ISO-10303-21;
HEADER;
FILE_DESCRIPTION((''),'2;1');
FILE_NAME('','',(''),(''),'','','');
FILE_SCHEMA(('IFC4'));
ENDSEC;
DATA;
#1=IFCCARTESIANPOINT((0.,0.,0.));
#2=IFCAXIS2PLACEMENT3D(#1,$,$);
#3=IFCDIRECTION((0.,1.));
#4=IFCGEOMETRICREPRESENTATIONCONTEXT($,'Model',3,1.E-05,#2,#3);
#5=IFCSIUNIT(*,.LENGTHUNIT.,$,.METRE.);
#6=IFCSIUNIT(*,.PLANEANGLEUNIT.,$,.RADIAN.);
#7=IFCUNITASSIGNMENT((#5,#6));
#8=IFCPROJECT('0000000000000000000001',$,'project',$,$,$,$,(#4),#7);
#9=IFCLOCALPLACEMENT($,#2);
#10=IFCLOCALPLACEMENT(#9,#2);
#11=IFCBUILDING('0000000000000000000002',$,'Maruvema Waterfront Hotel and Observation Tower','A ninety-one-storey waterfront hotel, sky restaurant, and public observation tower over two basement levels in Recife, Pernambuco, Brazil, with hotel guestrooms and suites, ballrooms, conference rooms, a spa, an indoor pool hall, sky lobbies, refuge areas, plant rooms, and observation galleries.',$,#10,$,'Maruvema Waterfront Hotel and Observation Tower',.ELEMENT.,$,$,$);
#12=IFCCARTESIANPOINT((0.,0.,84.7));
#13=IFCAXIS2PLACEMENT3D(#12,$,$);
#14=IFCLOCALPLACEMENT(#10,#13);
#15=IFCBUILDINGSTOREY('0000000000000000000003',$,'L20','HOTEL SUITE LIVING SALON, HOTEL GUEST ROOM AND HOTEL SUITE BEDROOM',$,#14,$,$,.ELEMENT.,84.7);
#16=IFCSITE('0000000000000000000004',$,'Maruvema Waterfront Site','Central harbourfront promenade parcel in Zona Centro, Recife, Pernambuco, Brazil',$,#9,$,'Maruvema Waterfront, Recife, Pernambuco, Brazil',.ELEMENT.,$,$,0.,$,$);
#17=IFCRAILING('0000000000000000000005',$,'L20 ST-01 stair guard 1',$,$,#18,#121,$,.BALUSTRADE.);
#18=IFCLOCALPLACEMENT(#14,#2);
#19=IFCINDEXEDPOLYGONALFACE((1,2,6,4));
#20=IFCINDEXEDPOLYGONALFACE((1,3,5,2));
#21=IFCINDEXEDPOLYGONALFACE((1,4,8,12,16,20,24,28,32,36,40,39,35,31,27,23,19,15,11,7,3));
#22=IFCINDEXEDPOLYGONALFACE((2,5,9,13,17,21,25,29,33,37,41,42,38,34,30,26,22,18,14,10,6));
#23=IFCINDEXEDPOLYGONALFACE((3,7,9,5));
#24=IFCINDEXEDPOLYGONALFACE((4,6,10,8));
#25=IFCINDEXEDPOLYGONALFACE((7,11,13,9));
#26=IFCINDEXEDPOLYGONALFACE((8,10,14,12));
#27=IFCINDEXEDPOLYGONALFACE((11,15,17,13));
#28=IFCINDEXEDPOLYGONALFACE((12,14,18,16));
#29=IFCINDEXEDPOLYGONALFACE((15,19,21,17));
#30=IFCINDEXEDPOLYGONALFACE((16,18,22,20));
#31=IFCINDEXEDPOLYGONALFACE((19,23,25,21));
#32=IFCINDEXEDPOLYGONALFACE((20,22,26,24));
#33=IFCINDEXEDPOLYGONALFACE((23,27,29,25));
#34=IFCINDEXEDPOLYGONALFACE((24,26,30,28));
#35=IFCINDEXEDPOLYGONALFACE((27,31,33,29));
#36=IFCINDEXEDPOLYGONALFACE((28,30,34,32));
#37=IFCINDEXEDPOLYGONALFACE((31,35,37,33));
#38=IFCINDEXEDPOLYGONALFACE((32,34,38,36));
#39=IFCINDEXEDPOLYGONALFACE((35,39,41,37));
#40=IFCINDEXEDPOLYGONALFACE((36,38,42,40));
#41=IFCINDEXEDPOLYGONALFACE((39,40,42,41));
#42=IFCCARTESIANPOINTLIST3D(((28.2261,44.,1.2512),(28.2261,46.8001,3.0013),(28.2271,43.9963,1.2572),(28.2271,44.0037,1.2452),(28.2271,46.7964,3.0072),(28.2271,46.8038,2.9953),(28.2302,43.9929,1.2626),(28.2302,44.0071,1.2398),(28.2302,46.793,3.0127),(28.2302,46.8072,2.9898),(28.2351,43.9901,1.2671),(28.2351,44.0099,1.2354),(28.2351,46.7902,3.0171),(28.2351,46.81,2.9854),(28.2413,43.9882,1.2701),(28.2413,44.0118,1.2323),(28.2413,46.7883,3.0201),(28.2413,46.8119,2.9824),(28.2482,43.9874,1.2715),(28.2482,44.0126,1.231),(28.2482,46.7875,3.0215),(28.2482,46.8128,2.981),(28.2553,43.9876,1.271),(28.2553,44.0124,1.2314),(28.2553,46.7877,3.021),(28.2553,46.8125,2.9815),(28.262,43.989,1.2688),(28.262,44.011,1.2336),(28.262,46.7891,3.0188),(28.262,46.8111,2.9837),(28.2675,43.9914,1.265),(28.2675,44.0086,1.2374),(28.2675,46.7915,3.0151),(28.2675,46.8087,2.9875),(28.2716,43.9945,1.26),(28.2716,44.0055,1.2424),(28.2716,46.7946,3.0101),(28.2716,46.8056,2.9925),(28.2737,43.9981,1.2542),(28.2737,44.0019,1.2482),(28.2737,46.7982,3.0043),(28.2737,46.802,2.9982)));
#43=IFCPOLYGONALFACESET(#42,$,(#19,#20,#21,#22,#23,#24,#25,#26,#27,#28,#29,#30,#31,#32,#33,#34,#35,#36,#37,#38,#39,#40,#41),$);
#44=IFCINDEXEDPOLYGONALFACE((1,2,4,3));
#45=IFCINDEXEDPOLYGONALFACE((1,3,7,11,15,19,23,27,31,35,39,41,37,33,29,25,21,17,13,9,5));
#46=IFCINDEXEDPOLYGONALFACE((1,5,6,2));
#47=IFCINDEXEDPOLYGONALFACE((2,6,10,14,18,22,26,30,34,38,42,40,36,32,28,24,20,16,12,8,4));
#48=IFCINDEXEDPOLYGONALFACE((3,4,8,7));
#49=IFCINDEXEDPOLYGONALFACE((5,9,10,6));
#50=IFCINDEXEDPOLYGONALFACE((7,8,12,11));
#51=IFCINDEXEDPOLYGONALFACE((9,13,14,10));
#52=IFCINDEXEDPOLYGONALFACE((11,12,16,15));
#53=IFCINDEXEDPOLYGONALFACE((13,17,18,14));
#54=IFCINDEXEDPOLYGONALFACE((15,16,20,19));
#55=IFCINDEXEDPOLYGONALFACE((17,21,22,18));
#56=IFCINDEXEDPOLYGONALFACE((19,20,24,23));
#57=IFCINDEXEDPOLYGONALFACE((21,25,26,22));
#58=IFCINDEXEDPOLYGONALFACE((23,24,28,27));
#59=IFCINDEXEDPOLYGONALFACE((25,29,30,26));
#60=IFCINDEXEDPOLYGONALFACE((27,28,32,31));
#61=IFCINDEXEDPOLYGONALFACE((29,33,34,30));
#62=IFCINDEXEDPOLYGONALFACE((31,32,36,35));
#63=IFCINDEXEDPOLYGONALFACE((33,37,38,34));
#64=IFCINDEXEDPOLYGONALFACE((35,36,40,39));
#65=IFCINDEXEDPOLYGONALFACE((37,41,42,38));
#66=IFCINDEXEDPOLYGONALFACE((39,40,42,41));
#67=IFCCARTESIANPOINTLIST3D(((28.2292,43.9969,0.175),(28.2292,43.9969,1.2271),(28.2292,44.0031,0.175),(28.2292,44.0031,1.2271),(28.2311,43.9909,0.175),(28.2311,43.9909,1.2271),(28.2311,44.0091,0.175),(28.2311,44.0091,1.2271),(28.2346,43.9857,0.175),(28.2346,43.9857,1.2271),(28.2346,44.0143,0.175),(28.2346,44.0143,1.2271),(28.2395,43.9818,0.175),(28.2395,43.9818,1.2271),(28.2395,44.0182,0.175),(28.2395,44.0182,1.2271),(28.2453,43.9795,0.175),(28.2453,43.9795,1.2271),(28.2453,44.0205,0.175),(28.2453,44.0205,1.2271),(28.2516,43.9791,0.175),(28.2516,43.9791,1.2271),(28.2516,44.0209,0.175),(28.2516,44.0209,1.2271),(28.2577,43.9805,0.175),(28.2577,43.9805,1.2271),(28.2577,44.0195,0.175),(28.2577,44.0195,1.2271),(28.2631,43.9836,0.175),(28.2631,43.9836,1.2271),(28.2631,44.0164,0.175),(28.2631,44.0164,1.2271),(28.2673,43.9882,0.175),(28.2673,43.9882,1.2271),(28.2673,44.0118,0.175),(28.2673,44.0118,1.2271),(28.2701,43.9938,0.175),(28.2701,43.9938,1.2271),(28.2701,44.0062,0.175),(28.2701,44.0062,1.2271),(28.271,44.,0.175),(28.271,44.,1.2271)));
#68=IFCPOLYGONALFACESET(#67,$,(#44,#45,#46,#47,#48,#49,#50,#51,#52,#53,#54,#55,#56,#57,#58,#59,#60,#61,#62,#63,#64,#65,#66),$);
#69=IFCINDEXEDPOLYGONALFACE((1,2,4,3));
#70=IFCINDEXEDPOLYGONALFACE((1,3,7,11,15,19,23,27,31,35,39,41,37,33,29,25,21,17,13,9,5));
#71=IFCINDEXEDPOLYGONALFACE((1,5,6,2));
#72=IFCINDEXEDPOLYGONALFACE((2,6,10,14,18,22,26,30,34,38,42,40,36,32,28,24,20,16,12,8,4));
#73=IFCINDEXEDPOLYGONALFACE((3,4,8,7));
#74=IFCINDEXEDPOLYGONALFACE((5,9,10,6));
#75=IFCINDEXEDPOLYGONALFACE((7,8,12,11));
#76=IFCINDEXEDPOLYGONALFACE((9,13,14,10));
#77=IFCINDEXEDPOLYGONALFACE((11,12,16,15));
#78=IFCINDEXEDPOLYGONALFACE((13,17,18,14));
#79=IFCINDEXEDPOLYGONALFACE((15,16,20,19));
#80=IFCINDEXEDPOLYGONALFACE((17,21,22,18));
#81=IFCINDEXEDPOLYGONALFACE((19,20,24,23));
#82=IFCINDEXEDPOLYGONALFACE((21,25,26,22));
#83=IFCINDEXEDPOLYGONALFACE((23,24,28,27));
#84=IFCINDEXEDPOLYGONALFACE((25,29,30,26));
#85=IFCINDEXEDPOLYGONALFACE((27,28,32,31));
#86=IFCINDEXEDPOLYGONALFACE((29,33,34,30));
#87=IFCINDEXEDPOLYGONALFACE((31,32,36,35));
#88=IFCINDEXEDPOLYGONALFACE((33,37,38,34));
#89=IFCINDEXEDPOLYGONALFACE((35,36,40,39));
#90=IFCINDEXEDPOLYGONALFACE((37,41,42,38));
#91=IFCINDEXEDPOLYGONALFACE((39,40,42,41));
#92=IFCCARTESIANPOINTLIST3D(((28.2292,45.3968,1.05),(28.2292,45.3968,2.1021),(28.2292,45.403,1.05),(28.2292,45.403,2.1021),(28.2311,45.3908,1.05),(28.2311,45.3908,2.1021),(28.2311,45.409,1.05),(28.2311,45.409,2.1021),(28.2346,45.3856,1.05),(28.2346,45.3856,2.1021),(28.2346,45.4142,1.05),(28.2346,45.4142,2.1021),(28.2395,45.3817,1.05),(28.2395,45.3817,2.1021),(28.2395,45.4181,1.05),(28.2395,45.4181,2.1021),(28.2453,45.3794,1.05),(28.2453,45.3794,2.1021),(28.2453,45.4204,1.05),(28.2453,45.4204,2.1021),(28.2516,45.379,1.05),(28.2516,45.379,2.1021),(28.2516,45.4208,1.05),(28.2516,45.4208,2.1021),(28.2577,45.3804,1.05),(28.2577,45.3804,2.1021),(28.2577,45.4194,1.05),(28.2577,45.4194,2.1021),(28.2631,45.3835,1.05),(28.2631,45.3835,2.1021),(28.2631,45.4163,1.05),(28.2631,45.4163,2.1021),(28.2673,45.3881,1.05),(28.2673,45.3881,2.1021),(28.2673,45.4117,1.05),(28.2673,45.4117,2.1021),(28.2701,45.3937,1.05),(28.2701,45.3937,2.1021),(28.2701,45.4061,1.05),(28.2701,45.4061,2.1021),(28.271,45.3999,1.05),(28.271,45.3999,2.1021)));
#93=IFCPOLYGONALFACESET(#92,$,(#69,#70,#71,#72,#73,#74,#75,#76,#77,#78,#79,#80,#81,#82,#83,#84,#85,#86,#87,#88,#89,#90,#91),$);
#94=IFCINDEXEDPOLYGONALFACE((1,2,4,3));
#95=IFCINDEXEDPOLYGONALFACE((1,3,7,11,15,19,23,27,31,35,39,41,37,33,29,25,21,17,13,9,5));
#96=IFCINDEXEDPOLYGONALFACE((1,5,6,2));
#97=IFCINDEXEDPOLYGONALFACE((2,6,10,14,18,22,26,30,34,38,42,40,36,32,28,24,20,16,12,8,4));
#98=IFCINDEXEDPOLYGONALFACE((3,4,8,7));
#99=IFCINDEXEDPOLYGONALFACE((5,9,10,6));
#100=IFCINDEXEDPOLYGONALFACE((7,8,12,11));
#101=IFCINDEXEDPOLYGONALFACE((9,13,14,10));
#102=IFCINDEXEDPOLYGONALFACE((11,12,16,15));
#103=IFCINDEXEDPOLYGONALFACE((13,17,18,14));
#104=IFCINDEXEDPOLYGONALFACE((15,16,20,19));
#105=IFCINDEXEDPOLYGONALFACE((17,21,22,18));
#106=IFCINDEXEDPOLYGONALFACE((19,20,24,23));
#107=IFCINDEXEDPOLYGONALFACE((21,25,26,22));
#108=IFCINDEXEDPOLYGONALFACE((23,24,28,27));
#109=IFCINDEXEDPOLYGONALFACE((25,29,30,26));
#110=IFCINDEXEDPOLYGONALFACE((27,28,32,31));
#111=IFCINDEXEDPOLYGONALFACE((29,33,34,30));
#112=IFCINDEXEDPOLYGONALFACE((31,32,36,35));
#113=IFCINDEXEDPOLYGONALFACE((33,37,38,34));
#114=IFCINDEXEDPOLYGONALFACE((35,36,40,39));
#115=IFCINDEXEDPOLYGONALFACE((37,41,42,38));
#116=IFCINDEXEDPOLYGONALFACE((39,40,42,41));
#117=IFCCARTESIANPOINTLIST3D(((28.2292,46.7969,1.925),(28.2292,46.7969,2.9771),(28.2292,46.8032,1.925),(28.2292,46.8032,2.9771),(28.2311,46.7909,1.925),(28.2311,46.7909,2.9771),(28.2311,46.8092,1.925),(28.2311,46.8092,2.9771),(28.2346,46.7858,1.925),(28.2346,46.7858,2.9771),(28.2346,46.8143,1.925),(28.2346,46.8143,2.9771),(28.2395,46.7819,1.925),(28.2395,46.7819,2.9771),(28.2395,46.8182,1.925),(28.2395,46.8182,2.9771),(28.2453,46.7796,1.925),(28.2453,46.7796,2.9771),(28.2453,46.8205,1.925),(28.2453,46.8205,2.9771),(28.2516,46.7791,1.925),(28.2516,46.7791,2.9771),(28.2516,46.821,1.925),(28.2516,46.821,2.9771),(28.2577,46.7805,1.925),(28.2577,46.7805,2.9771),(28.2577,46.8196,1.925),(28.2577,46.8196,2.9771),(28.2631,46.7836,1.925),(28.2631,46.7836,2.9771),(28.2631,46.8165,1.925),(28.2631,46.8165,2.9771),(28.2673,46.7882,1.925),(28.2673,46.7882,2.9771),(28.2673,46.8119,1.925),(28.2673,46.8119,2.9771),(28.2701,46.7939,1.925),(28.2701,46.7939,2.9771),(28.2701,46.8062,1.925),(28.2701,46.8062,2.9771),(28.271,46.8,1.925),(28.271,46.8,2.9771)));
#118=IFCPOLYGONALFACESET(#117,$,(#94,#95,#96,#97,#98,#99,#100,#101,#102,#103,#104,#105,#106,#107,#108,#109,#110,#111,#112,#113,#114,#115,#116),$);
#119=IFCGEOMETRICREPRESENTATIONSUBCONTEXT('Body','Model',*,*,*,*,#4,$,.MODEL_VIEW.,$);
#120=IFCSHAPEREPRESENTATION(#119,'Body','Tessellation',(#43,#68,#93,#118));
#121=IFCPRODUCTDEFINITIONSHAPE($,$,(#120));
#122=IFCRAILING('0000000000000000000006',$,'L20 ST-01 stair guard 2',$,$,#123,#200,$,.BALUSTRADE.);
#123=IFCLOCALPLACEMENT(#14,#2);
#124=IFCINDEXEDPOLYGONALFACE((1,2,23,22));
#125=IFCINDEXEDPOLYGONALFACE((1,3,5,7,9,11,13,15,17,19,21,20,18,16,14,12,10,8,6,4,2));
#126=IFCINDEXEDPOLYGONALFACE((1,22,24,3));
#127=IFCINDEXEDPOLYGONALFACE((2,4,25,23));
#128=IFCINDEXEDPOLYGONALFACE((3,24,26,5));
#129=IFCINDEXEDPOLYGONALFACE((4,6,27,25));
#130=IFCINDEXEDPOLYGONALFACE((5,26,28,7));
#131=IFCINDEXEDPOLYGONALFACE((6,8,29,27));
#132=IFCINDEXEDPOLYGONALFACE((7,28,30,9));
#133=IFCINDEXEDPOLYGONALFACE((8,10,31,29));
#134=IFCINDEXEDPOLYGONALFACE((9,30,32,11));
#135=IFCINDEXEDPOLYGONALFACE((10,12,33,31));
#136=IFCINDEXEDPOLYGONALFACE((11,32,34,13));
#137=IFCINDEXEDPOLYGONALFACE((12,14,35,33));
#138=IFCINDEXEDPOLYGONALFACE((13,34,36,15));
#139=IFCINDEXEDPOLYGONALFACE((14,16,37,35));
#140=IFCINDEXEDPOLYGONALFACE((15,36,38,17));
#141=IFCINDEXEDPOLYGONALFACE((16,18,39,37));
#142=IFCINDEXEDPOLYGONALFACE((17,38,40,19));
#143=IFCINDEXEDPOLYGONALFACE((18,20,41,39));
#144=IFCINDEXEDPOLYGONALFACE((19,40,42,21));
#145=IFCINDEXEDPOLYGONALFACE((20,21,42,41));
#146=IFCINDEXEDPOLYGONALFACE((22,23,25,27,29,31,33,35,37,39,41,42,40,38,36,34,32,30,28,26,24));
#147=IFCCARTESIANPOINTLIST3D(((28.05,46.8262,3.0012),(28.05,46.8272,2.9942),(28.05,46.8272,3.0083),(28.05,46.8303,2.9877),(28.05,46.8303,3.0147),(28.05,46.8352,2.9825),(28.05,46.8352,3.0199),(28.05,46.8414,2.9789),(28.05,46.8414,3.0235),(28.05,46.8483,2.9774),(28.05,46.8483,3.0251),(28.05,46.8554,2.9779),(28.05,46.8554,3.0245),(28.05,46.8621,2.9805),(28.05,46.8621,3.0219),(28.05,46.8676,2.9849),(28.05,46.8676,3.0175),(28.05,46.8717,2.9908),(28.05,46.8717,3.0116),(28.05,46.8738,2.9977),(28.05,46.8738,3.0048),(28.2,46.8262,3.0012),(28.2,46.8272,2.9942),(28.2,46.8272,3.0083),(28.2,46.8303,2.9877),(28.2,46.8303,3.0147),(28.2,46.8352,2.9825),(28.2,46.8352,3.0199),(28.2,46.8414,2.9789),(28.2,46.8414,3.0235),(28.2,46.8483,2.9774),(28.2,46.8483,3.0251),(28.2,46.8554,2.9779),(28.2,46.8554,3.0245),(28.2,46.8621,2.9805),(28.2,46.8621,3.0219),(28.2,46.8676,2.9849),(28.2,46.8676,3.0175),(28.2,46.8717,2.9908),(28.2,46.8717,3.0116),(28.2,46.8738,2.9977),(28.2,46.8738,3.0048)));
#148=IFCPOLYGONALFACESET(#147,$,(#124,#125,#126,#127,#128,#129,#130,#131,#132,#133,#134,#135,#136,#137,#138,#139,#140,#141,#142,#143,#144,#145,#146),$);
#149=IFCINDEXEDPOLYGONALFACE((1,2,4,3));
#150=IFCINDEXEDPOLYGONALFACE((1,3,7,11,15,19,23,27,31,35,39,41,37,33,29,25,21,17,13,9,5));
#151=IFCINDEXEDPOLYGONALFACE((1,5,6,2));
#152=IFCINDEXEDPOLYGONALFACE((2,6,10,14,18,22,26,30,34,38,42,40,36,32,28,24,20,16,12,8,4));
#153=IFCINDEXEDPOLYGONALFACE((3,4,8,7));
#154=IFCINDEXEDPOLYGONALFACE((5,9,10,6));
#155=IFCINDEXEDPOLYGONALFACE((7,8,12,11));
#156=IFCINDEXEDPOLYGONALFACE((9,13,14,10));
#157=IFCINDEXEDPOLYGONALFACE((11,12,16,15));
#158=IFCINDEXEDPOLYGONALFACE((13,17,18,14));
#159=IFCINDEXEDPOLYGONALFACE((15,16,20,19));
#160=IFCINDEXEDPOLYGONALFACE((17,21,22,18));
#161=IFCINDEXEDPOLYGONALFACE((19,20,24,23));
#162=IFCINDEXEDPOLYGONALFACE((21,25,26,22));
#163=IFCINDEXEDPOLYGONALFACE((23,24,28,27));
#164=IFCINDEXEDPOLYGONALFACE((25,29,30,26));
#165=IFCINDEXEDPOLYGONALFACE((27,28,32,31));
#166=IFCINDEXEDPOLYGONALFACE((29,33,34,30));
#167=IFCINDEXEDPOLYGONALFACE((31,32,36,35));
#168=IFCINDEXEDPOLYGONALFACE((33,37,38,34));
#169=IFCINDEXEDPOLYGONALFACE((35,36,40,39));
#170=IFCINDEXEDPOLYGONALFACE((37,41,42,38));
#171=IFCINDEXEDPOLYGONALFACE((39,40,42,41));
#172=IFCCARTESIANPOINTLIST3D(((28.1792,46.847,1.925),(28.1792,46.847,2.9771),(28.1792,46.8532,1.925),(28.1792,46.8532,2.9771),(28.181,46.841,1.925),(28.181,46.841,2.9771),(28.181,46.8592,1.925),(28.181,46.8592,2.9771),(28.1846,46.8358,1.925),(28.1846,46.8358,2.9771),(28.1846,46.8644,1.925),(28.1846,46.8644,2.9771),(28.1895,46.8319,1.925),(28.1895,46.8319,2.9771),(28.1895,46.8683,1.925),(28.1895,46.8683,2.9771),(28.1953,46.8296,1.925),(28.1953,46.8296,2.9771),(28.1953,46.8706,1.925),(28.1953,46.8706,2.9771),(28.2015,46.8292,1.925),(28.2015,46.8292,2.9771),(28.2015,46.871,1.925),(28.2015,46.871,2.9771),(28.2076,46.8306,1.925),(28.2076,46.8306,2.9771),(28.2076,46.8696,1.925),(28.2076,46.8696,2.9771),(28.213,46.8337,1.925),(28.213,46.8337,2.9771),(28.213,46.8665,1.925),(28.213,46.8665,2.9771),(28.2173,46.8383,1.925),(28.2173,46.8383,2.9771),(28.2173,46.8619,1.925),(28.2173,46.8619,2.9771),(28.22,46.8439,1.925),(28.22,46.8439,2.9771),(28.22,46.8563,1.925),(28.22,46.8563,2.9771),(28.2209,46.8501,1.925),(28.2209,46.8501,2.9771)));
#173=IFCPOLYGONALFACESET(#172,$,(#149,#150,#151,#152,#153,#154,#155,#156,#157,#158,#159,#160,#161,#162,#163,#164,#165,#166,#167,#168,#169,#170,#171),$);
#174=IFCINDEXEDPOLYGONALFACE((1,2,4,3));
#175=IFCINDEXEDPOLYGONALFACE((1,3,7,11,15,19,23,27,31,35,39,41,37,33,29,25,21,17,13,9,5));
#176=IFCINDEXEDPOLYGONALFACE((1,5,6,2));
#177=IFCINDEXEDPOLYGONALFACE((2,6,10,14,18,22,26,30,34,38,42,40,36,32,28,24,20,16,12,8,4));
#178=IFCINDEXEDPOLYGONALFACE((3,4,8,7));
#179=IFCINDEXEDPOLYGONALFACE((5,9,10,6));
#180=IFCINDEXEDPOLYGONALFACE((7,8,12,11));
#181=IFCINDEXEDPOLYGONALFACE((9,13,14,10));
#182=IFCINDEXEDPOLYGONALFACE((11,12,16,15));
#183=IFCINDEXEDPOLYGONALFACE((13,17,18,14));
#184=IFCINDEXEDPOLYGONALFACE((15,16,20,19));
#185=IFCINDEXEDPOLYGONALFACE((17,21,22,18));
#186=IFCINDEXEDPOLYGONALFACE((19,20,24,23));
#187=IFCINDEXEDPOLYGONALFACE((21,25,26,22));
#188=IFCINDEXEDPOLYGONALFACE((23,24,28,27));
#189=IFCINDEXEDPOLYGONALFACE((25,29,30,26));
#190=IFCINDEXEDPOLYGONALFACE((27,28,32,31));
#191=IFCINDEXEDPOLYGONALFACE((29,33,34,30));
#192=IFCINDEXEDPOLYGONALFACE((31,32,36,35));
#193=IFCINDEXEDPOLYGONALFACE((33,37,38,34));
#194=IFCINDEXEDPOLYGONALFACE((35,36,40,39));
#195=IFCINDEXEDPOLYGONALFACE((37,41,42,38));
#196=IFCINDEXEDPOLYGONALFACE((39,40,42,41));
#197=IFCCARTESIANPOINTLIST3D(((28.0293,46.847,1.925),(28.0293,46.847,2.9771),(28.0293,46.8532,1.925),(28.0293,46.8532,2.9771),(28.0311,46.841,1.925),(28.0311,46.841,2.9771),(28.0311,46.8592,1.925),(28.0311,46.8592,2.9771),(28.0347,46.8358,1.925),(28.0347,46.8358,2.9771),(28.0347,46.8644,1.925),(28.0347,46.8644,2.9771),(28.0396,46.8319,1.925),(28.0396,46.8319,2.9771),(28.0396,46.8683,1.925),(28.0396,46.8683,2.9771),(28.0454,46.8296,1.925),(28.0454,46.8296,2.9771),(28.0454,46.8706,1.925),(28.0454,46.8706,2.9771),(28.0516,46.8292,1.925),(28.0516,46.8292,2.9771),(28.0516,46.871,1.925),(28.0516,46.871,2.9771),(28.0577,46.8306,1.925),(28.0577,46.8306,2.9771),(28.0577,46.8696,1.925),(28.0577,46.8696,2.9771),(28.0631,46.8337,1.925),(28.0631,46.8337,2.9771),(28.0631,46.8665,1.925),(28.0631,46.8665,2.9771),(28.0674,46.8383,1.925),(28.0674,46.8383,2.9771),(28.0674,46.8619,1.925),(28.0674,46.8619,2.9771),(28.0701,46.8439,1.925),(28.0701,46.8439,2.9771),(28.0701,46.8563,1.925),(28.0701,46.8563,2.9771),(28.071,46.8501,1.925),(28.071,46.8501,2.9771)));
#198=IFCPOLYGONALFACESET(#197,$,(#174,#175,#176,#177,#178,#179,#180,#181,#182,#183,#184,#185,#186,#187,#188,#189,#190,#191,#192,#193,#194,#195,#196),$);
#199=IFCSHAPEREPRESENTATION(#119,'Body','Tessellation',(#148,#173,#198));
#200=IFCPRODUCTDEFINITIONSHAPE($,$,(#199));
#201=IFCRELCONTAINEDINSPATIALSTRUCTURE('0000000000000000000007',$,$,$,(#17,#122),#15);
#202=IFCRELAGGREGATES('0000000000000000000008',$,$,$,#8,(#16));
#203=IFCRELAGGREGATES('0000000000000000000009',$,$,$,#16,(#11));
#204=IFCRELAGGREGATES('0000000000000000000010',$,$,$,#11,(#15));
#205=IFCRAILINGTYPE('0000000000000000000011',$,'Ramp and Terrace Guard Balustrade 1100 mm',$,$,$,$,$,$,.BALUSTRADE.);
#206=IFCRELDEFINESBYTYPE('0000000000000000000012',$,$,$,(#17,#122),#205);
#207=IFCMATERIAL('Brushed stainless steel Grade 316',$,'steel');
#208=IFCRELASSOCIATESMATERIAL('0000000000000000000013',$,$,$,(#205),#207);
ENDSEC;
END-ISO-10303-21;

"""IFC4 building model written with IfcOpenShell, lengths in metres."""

from ifc_helpers import new_model, si_unit, direction, frame, origin, origin_2d, place, context, subcontext, project, spatial, circle, extrude, material, type_object, element, save


model = new_model("IFC4")

# Units and contexts
model_context = context("Model", 3, precision=1e-05, world=origin(), true_north=direction((0.0, 1.0)))
body_context = subcontext(model_context, "Body", "Model", "MODEL_VIEW")
ifc_project = project(units=[si_unit("LENGTHUNIT", "METRE"), si_unit("PLANEANGLEUNIT", "RADIAN")], contexts=[model_context])

# Site, building, storey
site_placement = place(None, origin())
site = spatial("IfcSite", under=ifc_project, at=site_placement, Name="Maruvema Waterfront Site", Description="Central harbourfront promenade parcel in Zona Centro, Recife, Pernambuco, Brazil", LongName="Maruvema Waterfront, Recife, Pernambuco, Brazil", CompositionType="ELEMENT", RefElevation=0.0)
building_placement = place(site_placement, origin())
building = spatial("IfcBuilding", under=site, at=building_placement, Name="Maruvema Waterfront Hotel and Observation Tower", Description="A ninety-one-storey waterfront hotel, sky restaurant, and public observation tower over two basement levels in Recife, Pernambuco, Brazil, with hotel guestrooms and suites, ballrooms, conference rooms, a spa, an indoor pool hall, sky lobbies, refuge areas, plant rooms, and observation galleries.", LongName="Maruvema Waterfront Hotel and Observation Tower", CompositionType="ELEMENT")
storey_placement = place(building_placement, frame((0.0, 0.0, 84.7)))
storey = spatial("IfcBuildingStorey", under=building, at=storey_placement, Name="L20", Description="HOTEL SUITE LIVING SALON, HOTEL GUEST ROOM AND HOTEL SUITE BEDROOM", CompositionType="ELEMENT", Elevation=84.7)

# Railings
ifc_material_1 = material(Name="Brushed stainless steel Grade 316", Category="steel")
railing_type_1 = type_object("IfcRailingType", Name="Ramp and Terrace Guard Balustrade 1100 mm", PredefinedType="BALUSTRADE", material=ifc_material_1)
railing_1_placement = place(storey_placement, frame((28.25, 44.0, 0.175)))
element("IfcRailing", 1, at=railing_1_placement, inside=storey, type_object=railing_type_1, Name="L20 ST-01 stair guard 1", PredefinedType="BALUSTRADE", context=body_context, shape_type="SweptSolid", body=[
    extrude(circle(Radius=0.0239, at=origin_2d()), frame((0.0, 0.0, 1.0762), z_axis=(0.0, 0.848002, 0.529992), x_axis=(-1.0, 0.0, 0.0)), (0.0, 0.0, 1.0), 3.302),
    extrude(circle(Radius=0.021, at=origin_2d()), origin(), (0.0, 0.0, 1.0), 1.052),
    extrude(circle(Radius=0.021, at=origin_2d()), frame((0.0, 1.3999, 0.875)), (0.0, 0.0, 1.0), 1.052),
    extrude(circle(Radius=0.021, at=origin_2d()), frame((0.0, 2.8, 1.75)), (0.0, 0.0, 1.0), 1.052),
])
railing_2_placement = place(storey_placement, frame((28.2, 46.8501, 1.925)))
element("IfcRailing", 2, at=railing_2_placement, inside=storey, type_object=railing_type_1, Name="L20 ST-01 stair guard 2", PredefinedType="BALUSTRADE", context=body_context, shape_type="SweptSolid", body=[
    extrude(circle(Radius=0.0239, at=origin_2d()), frame((0.0, 0.0, 1.0762), z_axis=(-1.0, 0.0, 0.0), x_axis=(0.0, -1.0, 0.0)), (0.0, 0.0, 1.0), 0.1499),
    extrude(circle(Radius=0.021, at=origin_2d()), origin(), (0.0, 0.0, 1.0), 1.052),
    extrude(circle(Radius=0.021, at=origin_2d()), frame((-0.1499, 0.0, 0.0)), (0.0, 0.0, 1.0), 1.052),
])

save(model, "model.ifc")
